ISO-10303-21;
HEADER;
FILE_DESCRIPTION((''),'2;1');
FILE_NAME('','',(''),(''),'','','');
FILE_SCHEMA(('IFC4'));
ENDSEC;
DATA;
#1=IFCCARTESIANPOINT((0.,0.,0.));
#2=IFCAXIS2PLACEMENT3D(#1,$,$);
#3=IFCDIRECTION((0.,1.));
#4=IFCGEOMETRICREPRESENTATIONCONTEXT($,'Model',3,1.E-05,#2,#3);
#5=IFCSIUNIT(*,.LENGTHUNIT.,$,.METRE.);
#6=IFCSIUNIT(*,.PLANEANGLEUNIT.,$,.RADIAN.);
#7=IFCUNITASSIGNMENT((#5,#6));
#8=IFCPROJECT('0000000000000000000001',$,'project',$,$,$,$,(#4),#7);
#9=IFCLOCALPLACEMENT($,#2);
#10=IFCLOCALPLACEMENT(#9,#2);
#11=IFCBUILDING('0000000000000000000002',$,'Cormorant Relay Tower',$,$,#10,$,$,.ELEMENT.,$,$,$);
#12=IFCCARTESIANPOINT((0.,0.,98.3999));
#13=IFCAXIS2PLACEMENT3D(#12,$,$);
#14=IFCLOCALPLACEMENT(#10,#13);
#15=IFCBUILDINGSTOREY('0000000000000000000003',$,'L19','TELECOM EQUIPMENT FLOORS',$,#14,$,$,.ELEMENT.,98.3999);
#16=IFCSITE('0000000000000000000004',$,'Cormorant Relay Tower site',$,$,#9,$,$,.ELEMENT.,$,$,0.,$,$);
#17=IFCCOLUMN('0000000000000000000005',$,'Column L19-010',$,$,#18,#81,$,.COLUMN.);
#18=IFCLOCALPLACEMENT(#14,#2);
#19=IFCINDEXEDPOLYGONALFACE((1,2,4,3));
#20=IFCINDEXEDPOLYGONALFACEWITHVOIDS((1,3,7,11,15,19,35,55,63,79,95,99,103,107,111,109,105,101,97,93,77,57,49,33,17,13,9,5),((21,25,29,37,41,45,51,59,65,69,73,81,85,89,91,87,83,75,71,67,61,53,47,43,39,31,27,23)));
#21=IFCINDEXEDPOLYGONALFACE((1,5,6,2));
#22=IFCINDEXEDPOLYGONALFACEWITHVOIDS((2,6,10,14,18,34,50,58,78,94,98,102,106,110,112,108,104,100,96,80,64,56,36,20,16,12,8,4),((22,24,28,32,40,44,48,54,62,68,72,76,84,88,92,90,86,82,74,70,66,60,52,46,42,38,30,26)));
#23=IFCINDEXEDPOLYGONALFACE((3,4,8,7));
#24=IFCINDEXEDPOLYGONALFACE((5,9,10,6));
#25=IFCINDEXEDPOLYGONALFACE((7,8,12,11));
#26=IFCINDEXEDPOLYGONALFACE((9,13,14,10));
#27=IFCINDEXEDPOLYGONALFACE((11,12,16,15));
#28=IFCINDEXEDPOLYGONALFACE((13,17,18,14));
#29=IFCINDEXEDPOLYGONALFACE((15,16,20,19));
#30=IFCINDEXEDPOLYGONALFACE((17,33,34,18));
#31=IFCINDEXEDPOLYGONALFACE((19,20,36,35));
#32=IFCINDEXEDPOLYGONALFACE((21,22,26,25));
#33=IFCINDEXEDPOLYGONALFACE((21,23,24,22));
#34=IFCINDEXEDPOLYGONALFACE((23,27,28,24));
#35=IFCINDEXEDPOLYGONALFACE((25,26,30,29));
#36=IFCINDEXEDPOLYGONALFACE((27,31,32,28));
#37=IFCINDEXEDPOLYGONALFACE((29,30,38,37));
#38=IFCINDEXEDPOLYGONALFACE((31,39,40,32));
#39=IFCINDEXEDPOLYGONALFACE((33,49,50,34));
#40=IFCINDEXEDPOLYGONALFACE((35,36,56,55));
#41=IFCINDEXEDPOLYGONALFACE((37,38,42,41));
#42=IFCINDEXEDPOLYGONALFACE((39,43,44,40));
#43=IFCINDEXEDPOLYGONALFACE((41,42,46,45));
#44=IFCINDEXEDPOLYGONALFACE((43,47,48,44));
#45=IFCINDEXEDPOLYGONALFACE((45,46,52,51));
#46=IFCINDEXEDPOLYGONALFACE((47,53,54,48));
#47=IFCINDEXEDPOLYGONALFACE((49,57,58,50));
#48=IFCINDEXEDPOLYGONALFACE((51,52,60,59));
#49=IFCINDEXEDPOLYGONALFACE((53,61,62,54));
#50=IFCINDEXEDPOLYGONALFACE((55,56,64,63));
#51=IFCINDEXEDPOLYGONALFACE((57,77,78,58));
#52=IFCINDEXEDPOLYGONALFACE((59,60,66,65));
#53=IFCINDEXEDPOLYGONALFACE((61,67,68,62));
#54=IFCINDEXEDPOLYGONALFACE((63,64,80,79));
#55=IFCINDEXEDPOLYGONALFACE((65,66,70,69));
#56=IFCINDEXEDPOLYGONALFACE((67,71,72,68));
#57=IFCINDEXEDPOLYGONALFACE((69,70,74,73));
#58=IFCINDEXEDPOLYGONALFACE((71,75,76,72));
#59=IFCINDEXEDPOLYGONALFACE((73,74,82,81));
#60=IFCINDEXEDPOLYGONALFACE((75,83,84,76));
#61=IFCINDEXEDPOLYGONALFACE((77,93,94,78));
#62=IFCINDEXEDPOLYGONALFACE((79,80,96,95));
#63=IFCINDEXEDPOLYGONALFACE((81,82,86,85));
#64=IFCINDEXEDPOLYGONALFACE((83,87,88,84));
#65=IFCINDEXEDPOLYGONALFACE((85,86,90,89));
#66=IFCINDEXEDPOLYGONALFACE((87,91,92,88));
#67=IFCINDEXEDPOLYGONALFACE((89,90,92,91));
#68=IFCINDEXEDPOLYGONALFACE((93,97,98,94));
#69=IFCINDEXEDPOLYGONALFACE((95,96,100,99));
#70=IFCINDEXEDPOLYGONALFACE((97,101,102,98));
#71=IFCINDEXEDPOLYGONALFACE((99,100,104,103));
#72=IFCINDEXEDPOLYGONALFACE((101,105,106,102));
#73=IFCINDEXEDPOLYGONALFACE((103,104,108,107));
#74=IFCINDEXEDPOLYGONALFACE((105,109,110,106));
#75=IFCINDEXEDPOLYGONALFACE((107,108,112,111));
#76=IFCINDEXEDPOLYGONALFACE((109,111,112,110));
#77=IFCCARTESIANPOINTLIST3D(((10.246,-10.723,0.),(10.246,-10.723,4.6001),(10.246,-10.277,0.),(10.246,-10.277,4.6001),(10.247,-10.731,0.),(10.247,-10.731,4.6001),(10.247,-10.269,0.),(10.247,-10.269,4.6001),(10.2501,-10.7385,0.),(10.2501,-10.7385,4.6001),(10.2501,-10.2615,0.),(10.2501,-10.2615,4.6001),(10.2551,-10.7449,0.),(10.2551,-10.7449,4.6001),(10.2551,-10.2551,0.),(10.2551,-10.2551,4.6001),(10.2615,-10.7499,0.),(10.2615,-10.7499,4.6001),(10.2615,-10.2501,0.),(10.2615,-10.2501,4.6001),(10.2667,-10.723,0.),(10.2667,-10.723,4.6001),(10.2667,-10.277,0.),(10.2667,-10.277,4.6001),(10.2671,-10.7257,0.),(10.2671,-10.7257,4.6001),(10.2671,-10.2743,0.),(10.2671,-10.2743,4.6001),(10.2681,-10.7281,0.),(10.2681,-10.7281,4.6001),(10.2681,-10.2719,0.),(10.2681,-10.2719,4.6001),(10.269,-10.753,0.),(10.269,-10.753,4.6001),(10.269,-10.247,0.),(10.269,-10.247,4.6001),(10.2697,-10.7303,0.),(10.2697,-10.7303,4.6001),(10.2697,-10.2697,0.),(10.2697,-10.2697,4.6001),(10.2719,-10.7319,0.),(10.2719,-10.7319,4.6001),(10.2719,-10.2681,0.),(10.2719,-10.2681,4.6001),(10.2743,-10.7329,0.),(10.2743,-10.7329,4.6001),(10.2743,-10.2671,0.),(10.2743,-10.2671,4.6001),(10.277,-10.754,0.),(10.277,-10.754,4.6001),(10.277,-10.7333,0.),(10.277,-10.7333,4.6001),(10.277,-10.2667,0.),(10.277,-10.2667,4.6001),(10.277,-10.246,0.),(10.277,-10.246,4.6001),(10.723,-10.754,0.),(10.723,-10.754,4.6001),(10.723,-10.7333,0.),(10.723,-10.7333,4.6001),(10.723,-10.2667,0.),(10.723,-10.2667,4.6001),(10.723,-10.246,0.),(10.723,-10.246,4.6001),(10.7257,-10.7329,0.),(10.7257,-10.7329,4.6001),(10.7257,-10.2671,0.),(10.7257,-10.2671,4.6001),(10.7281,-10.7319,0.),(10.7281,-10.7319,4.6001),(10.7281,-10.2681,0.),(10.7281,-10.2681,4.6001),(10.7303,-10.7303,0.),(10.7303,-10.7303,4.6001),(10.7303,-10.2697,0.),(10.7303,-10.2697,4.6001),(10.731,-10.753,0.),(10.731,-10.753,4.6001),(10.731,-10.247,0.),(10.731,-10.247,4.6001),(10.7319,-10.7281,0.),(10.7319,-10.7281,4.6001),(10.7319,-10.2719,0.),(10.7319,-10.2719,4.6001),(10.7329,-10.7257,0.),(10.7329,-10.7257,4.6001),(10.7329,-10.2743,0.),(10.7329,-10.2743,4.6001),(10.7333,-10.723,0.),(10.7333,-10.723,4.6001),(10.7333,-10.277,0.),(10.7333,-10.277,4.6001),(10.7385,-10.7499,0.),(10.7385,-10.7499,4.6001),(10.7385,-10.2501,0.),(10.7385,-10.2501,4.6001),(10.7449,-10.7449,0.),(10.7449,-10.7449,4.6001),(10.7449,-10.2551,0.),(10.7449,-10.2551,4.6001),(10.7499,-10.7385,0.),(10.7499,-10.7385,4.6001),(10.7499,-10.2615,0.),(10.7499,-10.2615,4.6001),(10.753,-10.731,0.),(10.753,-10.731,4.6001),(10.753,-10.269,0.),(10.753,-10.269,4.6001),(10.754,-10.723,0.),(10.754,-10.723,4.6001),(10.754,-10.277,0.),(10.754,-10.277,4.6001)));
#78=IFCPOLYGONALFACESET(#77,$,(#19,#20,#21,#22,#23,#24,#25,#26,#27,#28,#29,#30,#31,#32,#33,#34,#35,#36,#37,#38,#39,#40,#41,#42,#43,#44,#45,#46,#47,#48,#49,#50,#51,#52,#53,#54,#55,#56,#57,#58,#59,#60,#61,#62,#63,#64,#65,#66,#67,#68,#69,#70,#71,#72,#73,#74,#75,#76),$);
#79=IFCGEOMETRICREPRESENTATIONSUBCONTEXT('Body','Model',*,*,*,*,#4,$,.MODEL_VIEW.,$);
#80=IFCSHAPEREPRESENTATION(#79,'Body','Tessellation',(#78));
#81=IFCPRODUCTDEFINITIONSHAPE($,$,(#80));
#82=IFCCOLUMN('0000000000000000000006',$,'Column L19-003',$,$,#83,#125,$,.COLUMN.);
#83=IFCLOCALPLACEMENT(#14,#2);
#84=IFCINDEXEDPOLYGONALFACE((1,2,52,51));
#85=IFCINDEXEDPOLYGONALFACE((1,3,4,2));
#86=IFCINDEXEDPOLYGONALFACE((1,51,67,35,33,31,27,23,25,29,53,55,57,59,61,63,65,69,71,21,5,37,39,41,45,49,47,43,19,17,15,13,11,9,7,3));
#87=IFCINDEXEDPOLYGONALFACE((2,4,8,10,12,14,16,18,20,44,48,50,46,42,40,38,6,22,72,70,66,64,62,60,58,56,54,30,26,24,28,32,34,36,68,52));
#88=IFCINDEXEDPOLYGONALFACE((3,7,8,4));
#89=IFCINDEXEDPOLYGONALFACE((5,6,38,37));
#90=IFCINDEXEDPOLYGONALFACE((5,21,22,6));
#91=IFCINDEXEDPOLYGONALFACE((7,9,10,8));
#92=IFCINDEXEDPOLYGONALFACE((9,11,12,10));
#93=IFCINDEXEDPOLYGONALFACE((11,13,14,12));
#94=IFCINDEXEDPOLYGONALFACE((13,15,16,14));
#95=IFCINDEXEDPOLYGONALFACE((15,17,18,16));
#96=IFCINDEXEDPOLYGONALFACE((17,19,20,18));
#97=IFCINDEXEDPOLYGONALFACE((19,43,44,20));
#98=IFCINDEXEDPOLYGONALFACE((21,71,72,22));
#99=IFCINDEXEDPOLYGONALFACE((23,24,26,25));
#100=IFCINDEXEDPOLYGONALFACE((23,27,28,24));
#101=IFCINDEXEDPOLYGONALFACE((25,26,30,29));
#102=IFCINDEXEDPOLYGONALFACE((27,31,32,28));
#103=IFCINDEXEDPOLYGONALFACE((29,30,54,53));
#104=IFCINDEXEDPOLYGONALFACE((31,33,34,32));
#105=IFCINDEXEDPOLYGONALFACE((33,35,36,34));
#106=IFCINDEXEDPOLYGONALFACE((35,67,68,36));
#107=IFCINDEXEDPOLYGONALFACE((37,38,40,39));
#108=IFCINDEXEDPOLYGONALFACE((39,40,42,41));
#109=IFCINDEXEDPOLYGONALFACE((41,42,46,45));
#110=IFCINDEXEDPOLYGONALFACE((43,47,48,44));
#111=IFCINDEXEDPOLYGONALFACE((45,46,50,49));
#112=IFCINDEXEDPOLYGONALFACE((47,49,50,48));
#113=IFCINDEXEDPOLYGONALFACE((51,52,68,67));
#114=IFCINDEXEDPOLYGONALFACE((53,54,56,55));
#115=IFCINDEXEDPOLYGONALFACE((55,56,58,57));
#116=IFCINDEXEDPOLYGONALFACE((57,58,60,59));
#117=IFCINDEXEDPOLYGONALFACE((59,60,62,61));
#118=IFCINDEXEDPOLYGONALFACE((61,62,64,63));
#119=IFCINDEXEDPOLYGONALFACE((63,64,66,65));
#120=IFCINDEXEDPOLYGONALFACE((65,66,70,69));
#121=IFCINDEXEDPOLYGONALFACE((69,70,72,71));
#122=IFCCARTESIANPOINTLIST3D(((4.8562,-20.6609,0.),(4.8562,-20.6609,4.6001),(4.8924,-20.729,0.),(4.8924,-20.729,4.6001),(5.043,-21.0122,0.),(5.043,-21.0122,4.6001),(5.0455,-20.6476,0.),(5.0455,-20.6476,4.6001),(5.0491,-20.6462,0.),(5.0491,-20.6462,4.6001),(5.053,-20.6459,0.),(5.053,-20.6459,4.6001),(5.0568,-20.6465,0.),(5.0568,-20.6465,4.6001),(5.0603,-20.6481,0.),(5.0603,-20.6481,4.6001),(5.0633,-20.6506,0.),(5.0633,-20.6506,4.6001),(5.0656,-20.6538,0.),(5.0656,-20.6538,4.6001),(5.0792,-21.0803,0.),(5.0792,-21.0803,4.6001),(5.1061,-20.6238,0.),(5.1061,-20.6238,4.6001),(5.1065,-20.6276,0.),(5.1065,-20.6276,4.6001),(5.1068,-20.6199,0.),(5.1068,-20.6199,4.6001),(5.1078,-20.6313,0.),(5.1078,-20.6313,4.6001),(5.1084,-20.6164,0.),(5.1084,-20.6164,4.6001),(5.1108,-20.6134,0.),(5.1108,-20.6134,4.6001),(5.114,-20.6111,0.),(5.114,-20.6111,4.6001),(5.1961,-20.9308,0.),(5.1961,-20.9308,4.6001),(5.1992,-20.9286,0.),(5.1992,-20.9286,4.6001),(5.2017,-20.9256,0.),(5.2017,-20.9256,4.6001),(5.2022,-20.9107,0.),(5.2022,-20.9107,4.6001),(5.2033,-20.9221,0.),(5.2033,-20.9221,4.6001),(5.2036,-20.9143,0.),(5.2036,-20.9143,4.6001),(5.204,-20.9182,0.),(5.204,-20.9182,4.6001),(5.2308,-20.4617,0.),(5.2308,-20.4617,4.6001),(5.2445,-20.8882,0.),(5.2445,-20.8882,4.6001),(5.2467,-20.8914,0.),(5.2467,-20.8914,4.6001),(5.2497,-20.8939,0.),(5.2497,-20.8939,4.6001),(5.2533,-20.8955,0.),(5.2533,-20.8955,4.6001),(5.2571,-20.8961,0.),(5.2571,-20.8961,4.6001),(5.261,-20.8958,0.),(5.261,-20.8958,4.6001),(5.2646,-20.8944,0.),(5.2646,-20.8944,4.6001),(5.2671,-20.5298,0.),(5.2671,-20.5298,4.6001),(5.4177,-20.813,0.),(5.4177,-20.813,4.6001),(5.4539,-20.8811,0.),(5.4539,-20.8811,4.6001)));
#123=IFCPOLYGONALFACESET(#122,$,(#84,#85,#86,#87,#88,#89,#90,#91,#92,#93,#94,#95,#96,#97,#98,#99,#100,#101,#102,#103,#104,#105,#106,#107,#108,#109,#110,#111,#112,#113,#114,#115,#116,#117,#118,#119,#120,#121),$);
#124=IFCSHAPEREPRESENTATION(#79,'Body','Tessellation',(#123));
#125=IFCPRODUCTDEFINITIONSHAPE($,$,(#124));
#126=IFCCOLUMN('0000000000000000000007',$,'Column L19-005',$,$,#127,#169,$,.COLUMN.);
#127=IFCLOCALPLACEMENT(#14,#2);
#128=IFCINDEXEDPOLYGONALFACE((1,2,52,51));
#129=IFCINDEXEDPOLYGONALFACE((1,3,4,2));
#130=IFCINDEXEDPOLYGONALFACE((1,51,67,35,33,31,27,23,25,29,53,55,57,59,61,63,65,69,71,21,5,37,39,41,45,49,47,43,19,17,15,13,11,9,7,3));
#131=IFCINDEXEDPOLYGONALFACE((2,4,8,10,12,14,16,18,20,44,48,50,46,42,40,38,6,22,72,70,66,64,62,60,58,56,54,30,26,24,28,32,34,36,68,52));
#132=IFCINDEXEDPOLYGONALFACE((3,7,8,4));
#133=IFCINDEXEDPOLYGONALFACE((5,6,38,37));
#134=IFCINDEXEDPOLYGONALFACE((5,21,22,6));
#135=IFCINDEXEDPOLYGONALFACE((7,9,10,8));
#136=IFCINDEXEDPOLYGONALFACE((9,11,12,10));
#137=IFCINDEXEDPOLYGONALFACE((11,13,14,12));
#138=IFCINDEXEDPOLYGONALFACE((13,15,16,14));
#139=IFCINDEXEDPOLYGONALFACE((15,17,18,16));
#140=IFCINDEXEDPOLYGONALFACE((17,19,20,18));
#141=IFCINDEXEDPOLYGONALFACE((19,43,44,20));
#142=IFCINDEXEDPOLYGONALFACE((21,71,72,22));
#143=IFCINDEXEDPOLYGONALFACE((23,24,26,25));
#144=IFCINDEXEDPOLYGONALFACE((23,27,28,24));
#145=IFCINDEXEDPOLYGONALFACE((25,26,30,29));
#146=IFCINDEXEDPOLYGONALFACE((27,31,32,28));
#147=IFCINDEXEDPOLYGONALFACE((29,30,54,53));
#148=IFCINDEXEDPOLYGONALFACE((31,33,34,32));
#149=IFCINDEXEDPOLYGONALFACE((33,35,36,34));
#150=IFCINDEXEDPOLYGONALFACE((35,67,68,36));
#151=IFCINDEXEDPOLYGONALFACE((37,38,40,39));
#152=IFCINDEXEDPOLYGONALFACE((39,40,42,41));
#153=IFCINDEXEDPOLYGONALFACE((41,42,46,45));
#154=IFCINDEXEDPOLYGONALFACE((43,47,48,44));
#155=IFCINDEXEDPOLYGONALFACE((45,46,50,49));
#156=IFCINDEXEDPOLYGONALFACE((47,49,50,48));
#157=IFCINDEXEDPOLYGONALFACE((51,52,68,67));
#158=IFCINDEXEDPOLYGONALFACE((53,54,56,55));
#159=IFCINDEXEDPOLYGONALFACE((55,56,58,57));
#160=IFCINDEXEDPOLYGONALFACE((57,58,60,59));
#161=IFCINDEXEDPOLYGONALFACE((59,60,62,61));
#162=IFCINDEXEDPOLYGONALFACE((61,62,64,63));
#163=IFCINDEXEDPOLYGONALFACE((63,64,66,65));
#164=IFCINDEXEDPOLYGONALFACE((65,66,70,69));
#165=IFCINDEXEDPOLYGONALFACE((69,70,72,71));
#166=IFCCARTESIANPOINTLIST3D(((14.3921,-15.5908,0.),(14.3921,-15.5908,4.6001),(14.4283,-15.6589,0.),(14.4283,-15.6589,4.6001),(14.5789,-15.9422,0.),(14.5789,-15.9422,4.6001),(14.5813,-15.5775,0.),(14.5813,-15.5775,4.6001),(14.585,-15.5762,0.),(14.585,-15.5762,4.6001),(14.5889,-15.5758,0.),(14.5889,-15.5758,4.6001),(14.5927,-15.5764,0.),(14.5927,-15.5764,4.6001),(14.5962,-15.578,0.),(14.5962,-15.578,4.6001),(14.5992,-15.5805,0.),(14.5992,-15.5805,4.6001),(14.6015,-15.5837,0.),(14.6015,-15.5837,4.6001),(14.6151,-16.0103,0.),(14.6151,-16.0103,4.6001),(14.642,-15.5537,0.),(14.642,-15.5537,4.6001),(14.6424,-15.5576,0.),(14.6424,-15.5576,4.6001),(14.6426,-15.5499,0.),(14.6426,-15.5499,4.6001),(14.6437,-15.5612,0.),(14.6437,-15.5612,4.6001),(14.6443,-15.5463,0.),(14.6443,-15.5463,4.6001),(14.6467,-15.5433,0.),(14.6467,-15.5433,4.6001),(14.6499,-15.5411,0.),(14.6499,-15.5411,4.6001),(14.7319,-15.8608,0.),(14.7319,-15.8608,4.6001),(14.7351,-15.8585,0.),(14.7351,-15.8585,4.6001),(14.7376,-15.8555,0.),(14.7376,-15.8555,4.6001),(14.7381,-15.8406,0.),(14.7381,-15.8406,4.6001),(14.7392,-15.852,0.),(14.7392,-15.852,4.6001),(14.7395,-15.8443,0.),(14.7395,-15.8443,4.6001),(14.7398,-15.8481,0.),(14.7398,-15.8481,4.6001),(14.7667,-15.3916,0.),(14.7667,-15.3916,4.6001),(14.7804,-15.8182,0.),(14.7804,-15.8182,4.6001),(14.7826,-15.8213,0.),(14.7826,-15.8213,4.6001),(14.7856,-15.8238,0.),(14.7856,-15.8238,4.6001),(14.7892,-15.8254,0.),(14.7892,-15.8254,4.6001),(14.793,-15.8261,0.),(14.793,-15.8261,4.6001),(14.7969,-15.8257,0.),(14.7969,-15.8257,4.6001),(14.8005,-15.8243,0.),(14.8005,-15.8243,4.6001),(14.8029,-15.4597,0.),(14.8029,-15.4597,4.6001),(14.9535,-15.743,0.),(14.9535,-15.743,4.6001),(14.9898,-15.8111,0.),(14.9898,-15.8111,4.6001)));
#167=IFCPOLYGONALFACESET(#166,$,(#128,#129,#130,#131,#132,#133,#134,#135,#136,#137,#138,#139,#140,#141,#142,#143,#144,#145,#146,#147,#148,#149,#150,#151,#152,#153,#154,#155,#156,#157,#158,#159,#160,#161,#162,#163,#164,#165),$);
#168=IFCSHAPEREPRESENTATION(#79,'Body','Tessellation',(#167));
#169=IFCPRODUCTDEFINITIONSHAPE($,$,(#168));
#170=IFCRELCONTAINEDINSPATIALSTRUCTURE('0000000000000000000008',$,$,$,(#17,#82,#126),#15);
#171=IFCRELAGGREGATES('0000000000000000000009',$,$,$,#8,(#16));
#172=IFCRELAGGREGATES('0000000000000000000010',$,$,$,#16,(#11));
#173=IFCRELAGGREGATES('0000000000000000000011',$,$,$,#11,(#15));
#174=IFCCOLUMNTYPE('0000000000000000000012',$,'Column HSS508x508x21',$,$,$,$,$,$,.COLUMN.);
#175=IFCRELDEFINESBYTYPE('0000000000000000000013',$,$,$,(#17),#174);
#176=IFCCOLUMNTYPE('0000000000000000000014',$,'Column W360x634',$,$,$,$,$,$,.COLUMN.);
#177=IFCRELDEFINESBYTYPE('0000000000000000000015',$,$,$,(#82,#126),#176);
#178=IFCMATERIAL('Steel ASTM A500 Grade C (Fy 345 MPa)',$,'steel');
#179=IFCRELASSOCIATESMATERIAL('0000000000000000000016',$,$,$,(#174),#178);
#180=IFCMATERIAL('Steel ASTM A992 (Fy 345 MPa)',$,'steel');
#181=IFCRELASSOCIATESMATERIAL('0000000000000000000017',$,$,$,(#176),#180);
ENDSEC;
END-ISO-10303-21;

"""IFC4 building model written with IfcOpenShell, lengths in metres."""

from ifc_helpers import new_model, si_unit, direction, frame, origin, origin_2d, place, context, subcontext, project, spatial, hollow_rectangle, i_section, extrude, material, material_profile, profile_set, type_object, element, save


model = new_model("IFC4")

# Units and contexts
model_context = context("Model", 3, precision=1e-05, world=origin(), true_north=direction((0.0, 1.0)))
body_context = subcontext(model_context, "Body", "Model", "MODEL_VIEW")
ifc_project = project(units=[si_unit("LENGTHUNIT", "METRE"), si_unit("PLANEANGLEUNIT", "RADIAN")], contexts=[model_context])

# Site, building, storey
site_placement = place(None, origin())
site = spatial("IfcSite", under=ifc_project, at=site_placement, Name="Cormorant Relay Tower site", CompositionType="ELEMENT", RefElevation=0.0)
building_placement = place(site_placement, origin())
building = spatial("IfcBuilding", under=site, at=building_placement, Name="Cormorant Relay Tower", CompositionType="ELEMENT")
storey_placement = place(building_placement, frame((0.0, 0.0, 98.3999)))
storey = spatial("IfcBuildingStorey", under=building, at=storey_placement, Name="L19", Description="TELECOM EQUIPMENT FLOORS", CompositionType="ELEMENT", Elevation=98.3999)

# Columns
ifc_material_1 = material(Name="Steel ASTM A500 Grade C (Fy 345 MPa)", Category="steel")
ifc_material_profile_1 = material_profile(ifc_material_1, hollow_rectangle(XDim=0.5081, YDim=0.5081, WallThickness=0.0208, InnerFilletRadius=0.0103, OuterFilletRadius=0.031, at=origin_2d()), Name="HSS508x508x21")
ifc_profile_set_1 = profile_set([ifc_material_profile_1], Name="Steel ASTM A500 Grade C (Fy 345 MPa)")
column_type_1 = type_object("IfcColumnType", Name="Column HSS508x508x21", PredefinedType="COLUMN", material=ifc_profile_set_1)
column_1_placement = place(storey_placement, frame((10.5, -10.5, 0.0), z_axis=(0.0, 0.0, 1.0), x_axis=(1.0, 0.0, 0.0)))
element("IfcColumn", 1, at=column_1_placement, inside=storey, type_object=column_type_1, Name="Column L19-010", PredefinedType="COLUMN", context=body_context, shape_type="SweptSolid", body=[
    extrude(hollow_rectangle(XDim=0.5081, YDim=0.5081, WallThickness=0.0208, InnerFilletRadius=0.0103, OuterFilletRadius=0.031, at=origin_2d()), origin(), (0.0, 0.0, 1.0), 4.6001),
])
ifc_material_2 = material(Name="Steel ASTM A992 (Fy 345 MPa)", Category="steel")
ifc_material_profile_2 = material_profile(ifc_material_2, i_section(OverallWidth=0.4243, OverallDepth=0.4751, WebThickness=0.0479, FlangeThickness=0.0771, FilletRadius=0.0149, at=origin_2d()), Name="W360x634")
ifc_profile_set_2 = profile_set([ifc_material_profile_2], Name="Steel ASTM A992 (Fy 345 MPa)")
column_type_2 = type_object("IfcColumnType", Name="Column W360x634", PredefinedType="COLUMN", material=ifc_profile_set_2)
for number, where, z_axis, x_axis, name in (
    (2, (5.155, -20.771, 0.0), (0.0, 0.0, 1.0), (0.882948, 0.469472, 0.0), "Column L19-003"),
    (3, (14.6909, -15.7009, 0.0), (0.0, 0.0, 1.0), (0.882948, 0.469472, 0.0), "Column L19-005"),
):
    element("IfcColumn", number, at=place(storey_placement, frame(where, z_axis=z_axis, x_axis=x_axis)), inside=storey, type_object=column_type_2, Name=name, PredefinedType="COLUMN", context=body_context, shape_type="SweptSolid", body=[
        extrude(i_section(OverallWidth=0.4243, OverallDepth=0.4751, WebThickness=0.0479, FlangeThickness=0.0771, FilletRadius=0.0149, at=origin_2d()), origin(), (0.0, 0.0, 1.0), 4.6001),
    ])

save(model, "model.ifc")
